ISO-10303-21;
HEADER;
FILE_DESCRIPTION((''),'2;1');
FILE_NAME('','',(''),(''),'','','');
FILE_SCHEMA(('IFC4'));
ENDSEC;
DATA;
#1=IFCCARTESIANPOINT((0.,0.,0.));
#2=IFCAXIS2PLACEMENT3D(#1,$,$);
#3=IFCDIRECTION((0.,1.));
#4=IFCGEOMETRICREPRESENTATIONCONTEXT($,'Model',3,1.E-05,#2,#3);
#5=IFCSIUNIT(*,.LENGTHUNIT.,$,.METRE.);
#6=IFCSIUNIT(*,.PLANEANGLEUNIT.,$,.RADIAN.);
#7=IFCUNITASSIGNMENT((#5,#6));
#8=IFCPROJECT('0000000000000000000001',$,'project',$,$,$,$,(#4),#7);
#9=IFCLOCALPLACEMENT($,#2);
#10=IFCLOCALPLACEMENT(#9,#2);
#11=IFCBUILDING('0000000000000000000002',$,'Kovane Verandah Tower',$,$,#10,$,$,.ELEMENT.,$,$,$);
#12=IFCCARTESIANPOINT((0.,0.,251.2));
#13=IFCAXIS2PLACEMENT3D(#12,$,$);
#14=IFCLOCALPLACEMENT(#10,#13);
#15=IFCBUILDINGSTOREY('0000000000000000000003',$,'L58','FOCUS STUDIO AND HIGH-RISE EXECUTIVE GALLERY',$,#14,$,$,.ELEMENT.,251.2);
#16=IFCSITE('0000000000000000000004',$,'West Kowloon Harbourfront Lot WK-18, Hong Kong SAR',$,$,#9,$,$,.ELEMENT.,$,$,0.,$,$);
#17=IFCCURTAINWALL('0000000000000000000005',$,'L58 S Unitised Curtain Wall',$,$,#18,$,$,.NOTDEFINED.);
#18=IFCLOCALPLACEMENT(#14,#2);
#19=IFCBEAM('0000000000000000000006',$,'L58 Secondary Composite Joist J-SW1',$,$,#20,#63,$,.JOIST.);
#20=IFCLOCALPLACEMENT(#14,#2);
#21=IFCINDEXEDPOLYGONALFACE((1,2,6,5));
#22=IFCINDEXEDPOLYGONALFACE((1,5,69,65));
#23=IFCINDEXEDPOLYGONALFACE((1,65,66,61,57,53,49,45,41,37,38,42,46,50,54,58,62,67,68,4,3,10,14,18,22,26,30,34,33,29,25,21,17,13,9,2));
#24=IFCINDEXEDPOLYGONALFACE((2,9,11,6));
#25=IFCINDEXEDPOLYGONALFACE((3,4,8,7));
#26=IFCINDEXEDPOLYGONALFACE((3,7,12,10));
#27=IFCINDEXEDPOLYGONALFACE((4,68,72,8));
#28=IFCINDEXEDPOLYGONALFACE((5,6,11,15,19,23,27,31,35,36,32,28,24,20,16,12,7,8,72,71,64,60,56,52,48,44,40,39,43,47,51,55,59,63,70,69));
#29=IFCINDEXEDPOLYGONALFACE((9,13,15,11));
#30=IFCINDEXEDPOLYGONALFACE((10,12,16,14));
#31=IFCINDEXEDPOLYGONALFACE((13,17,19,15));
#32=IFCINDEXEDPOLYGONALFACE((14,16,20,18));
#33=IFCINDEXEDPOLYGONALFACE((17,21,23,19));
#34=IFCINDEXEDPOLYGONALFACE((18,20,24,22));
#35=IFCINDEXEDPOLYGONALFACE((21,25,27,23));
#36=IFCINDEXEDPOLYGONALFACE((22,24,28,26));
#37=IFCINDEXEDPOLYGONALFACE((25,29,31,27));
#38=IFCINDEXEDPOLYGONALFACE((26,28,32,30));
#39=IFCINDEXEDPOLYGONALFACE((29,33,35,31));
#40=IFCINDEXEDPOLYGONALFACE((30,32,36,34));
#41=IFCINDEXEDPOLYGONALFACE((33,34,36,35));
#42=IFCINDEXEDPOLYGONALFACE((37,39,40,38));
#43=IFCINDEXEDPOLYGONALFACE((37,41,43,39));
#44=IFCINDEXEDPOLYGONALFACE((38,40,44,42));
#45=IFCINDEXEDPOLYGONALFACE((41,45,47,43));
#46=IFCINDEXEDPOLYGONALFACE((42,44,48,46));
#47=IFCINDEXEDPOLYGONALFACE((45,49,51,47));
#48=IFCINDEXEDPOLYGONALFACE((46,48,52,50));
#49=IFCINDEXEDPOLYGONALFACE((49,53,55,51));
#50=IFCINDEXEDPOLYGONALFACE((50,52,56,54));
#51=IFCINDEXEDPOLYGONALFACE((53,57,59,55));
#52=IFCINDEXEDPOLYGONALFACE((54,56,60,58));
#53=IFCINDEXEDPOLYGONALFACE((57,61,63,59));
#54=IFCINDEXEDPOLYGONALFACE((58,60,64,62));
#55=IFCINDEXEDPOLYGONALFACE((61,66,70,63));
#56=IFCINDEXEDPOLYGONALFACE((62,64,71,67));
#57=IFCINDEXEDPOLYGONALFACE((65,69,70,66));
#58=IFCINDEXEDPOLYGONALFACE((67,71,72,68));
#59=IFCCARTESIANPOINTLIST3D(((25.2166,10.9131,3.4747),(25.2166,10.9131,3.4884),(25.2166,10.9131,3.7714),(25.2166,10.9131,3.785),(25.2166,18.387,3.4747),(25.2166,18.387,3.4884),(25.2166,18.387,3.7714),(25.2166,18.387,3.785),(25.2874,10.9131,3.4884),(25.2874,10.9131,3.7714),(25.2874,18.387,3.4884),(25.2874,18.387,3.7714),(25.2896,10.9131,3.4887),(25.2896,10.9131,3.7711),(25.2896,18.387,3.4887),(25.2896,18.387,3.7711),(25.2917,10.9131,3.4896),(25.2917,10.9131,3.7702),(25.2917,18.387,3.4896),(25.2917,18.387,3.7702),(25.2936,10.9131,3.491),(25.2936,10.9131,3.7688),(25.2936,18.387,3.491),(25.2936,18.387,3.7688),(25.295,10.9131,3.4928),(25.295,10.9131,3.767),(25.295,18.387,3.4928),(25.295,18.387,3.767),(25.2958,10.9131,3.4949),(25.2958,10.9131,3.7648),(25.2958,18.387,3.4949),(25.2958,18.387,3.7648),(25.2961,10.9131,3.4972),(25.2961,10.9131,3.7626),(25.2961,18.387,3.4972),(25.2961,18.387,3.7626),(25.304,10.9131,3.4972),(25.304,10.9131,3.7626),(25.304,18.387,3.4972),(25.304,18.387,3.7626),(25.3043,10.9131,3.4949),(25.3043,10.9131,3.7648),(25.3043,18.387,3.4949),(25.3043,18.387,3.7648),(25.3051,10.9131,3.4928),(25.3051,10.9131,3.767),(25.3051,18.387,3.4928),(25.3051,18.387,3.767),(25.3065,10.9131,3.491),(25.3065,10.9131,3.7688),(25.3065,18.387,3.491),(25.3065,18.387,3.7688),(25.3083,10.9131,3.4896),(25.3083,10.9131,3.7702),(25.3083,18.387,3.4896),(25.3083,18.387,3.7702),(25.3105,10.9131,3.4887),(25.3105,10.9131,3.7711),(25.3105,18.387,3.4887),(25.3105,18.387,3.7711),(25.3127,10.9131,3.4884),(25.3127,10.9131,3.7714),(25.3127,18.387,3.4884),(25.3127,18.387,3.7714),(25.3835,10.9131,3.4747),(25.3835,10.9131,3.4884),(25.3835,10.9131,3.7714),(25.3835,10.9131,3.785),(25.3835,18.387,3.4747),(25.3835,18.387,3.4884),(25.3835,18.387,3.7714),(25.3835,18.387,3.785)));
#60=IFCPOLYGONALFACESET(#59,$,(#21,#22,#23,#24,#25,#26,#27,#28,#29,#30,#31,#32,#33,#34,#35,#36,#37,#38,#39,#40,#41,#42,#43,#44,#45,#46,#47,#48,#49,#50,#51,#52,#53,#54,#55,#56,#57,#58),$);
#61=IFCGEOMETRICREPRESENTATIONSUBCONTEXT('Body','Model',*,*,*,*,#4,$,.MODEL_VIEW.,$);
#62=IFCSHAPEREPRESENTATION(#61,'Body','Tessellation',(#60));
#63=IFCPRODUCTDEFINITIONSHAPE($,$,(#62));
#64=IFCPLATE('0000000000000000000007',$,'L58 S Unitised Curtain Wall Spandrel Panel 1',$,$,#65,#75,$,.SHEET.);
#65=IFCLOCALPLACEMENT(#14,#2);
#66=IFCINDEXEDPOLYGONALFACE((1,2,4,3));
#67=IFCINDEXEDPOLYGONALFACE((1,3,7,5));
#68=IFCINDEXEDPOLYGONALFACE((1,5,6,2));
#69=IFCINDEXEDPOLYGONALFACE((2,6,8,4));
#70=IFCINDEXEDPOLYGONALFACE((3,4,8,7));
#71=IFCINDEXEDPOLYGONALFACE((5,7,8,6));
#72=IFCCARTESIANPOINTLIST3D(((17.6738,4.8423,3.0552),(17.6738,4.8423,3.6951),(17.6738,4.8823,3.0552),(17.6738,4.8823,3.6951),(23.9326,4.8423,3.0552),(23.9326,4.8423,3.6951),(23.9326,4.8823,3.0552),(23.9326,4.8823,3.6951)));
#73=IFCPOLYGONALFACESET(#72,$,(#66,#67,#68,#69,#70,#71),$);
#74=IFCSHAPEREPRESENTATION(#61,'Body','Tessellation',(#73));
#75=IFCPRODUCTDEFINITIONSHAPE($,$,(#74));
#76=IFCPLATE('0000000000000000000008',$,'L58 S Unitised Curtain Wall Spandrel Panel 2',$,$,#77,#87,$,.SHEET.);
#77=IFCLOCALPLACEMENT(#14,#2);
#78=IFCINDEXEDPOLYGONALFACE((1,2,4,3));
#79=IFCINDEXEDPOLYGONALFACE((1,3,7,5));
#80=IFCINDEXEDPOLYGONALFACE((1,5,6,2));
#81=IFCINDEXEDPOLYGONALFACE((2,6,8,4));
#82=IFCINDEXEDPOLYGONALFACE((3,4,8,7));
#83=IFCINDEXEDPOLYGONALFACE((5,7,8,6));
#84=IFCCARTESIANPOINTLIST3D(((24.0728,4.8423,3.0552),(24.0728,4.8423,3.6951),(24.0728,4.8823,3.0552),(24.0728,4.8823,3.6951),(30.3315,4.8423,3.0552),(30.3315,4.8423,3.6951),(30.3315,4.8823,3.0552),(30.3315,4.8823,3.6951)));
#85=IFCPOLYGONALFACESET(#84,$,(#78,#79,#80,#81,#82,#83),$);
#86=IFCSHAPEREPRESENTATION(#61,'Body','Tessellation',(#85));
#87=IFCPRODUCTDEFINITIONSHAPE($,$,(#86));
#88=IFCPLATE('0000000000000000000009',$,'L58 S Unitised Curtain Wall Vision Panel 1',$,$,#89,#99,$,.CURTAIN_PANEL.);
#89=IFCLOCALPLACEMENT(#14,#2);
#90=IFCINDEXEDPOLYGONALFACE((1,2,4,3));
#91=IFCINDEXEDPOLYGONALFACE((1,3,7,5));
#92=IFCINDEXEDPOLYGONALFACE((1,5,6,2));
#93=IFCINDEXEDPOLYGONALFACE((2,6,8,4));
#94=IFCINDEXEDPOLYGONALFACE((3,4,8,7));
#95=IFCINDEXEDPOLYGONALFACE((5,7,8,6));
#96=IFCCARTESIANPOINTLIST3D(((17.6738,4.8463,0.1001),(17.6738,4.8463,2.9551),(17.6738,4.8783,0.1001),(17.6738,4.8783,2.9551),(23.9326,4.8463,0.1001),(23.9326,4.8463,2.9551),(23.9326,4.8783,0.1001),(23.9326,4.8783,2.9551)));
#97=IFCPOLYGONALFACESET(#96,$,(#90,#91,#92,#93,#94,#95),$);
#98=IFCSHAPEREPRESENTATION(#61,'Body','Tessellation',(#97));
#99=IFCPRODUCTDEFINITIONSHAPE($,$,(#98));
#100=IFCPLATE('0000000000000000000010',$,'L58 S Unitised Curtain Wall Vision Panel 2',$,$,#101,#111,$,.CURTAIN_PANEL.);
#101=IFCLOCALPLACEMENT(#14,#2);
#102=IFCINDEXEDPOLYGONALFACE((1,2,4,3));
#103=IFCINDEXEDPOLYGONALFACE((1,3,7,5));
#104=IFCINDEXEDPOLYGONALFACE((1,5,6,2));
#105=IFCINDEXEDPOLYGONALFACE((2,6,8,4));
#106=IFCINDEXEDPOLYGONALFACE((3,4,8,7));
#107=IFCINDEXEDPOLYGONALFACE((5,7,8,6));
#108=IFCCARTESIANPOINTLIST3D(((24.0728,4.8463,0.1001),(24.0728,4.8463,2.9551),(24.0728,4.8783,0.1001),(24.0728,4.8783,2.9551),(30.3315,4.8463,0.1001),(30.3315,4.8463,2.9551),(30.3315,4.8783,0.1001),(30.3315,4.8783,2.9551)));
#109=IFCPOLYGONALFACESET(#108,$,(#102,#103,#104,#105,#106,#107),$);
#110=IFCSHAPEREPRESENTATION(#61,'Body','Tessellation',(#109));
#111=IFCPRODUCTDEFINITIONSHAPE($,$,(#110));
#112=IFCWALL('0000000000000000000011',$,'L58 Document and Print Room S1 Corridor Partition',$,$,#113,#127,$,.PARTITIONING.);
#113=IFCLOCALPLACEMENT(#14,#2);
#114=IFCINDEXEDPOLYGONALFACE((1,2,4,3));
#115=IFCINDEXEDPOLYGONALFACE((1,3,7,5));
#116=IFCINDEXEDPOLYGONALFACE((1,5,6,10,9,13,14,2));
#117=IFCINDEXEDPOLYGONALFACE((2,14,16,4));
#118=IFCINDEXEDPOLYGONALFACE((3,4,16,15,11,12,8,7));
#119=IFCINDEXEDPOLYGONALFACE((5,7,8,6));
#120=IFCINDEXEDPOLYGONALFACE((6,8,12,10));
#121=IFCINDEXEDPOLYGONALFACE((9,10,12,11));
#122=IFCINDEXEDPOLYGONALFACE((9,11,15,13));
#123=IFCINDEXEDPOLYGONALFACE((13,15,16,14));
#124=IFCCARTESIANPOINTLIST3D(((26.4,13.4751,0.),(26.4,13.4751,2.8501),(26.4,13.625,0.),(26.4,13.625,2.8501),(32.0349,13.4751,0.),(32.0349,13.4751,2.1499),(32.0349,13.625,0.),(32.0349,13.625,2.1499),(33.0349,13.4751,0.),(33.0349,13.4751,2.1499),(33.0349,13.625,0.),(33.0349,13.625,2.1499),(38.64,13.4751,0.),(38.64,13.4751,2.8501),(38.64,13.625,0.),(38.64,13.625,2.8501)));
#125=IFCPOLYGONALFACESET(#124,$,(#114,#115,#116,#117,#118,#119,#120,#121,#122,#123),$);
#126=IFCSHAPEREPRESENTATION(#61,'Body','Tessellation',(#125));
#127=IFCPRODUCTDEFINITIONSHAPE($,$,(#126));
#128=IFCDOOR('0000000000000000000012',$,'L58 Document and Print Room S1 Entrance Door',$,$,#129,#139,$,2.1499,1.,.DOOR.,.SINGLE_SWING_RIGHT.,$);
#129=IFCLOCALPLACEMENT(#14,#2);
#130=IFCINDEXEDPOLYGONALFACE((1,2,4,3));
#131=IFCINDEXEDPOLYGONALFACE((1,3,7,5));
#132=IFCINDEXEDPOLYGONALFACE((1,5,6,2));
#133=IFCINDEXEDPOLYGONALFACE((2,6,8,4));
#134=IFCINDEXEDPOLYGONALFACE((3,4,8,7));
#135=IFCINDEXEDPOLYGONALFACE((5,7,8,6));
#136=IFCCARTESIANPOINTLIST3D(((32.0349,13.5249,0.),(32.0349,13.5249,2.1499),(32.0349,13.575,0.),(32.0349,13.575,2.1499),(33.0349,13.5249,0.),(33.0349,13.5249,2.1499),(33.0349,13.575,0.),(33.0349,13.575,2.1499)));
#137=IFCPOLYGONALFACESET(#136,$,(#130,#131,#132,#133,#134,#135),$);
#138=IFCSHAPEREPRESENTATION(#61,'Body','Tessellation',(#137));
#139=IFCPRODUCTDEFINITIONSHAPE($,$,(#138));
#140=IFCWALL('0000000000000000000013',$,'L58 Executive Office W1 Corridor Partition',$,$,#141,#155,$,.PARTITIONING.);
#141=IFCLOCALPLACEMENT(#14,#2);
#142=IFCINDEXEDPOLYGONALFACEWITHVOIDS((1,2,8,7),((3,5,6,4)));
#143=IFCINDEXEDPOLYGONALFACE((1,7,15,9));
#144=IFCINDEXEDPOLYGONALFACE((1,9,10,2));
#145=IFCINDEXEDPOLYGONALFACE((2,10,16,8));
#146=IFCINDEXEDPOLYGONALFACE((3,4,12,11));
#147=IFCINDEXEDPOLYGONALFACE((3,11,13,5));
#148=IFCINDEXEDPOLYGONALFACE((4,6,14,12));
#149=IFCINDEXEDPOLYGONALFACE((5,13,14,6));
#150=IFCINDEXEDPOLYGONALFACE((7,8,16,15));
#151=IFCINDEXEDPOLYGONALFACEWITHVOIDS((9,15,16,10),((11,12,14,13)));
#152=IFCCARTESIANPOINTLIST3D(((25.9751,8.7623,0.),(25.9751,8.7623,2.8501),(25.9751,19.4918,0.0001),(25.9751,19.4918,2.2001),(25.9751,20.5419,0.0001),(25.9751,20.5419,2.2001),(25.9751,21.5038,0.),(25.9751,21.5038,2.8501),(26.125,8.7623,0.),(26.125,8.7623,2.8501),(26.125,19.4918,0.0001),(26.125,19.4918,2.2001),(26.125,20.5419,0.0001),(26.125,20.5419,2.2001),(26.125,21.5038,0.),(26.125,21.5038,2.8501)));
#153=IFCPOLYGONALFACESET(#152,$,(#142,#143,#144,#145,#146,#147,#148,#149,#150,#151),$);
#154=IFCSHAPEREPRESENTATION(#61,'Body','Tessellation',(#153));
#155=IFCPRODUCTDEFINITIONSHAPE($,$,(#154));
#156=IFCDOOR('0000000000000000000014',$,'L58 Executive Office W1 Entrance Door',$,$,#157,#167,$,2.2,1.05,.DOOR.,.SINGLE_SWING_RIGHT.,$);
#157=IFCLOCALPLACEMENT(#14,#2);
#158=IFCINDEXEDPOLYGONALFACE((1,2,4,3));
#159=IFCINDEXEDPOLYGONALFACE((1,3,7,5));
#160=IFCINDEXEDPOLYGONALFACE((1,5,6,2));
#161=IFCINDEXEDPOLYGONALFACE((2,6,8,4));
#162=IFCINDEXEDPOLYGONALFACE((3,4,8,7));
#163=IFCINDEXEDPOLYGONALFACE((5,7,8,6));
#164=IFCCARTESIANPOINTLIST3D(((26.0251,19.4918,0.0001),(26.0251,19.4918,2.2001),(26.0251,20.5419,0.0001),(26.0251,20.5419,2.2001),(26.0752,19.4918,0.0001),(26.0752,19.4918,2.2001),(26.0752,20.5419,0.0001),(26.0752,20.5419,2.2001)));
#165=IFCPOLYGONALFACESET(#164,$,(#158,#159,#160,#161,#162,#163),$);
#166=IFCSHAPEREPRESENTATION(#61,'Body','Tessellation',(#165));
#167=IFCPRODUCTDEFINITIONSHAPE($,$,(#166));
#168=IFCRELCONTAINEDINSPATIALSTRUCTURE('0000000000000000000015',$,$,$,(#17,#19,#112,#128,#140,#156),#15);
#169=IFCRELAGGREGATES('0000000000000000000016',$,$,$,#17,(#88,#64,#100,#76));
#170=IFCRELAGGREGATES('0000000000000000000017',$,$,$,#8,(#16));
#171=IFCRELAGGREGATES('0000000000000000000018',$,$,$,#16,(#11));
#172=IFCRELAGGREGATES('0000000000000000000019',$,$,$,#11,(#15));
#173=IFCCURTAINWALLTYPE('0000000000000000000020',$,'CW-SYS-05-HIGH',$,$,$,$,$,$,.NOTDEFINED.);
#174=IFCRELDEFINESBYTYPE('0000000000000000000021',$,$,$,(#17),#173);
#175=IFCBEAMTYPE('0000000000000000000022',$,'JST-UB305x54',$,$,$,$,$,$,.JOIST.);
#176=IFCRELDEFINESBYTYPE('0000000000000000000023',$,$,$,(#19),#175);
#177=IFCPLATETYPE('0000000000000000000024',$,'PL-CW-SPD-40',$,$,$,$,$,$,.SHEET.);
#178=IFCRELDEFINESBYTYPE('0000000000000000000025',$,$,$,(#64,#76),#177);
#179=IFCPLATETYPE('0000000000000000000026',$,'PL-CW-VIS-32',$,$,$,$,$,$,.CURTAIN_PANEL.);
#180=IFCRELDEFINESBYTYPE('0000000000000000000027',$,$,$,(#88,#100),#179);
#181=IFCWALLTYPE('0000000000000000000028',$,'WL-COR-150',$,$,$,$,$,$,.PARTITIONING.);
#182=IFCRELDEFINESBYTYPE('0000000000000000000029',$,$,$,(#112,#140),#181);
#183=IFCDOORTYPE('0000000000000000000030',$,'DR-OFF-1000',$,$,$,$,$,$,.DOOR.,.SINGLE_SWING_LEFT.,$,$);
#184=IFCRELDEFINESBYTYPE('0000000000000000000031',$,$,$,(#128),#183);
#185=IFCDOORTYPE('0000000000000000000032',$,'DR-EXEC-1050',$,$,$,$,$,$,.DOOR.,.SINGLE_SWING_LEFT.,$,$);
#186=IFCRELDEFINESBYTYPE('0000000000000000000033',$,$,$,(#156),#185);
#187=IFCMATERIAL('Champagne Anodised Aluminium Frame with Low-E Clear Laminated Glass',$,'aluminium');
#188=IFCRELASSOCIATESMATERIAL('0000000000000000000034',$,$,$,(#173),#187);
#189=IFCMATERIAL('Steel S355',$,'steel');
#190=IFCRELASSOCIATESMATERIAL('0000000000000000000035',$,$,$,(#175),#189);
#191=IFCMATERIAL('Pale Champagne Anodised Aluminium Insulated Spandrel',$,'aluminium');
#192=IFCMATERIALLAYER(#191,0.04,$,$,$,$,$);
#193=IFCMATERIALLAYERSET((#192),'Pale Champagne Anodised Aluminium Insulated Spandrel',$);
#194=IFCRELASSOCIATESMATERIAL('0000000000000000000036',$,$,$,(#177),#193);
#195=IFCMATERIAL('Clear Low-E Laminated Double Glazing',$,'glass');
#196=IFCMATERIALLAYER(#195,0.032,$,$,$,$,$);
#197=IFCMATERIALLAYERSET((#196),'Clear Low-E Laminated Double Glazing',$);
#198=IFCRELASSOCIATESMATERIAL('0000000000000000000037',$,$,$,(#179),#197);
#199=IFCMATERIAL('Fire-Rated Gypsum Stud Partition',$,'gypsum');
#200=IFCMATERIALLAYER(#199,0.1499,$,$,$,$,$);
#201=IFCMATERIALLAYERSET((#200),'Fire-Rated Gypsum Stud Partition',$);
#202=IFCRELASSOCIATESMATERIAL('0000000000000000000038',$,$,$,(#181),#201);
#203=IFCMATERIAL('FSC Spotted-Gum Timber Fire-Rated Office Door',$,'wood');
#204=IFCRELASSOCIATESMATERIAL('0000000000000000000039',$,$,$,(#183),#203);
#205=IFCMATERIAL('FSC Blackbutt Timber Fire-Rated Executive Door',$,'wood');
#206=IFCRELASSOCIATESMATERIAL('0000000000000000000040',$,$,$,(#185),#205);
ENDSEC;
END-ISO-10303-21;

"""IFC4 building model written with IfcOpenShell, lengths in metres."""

from ifc_helpers import new_model, si_unit, direction, frame, frame_2d, origin, origin_2d, place, context, subcontext, project, spatial, rectangle, i_section, extrude, material, layer, layer_set, material_profile, profile_set, type_object, element, fill, aggregate, save


model = new_model("IFC4")

# Units and contexts
model_context = context("Model", 3, precision=1e-05, world=origin(), true_north=direction((0.0, 1.0)))
body_context = subcontext(model_context, "Body", "Model", "MODEL_VIEW")
ifc_project = project(units=[si_unit("LENGTHUNIT", "METRE"), si_unit("PLANEANGLEUNIT", "RADIAN")], contexts=[model_context])

# Site, building, storey
site_placement = place(None, origin())
site = spatial("IfcSite", under=ifc_project, at=site_placement, Name="West Kowloon Harbourfront Lot WK-18, Hong Kong SAR", CompositionType="ELEMENT", RefElevation=0.0)
building_placement = place(site_placement, origin())
building = spatial("IfcBuilding", under=site, at=building_placement, Name="Kovane Verandah Tower", CompositionType="ELEMENT")
storey_placement = place(building_placement, frame((0.0, 0.0, 251.2)))
storey = spatial("IfcBuildingStorey", under=building, at=storey_placement, Name="L58", Description="FOCUS STUDIO AND HIGH-RISE EXECUTIVE GALLERY", CompositionType="ELEMENT", Elevation=251.2)

# Shared definitions
ifc_material_1 = material(Name="Steel S355", Category="steel")

# Curtain wall
ifc_material_2 = material(Name="Champagne Anodised Aluminium Frame with Low-E Clear Laminated Glass", Category="aluminium")
curtain_wall_type = type_object("IfcCurtainWallType", Name="CW-SYS-05-HIGH", PredefinedType="NOTDEFINED", material=ifc_material_2)
curtain_wall_placement = place(storey_placement, origin())
curtain_wall = element("IfcCurtainWall", 1, at=curtain_wall_placement, inside=storey, type_object=curtain_wall_type, Name="L58 S Unitised Curtain Wall", PredefinedType="NOTDEFINED")

# Beam
ifc_material_profile_1 = material_profile(ifc_material_1, i_section(OverallWidth=0.167, OverallDepth=0.3103, WebThickness=0.0078, FlangeThickness=0.0137, FilletRadius=0.0088, at=origin_2d()), Name="UB305x165x54")
ifc_profile_set_1 = profile_set([ifc_material_profile_1], Name="Steel S355")
beam_type_1 = type_object("IfcBeamType", Name="JST-UB305x54", PredefinedType="JOIST", material=ifc_profile_set_1)
beam_1_placement = place(storey_placement, frame((25.3, 10.9131, 3.6299), z_axis=(0.0, 1.0, 0.0), x_axis=(-1.0, 0.0, 0.0)))
element("IfcBeam", 2, at=beam_1_placement, inside=storey, type_object=beam_type_1, Name="L58 Secondary Composite Joist J-SW1", PredefinedType="JOIST", context=body_context, shape_type="SweptSolid", body=[
    extrude(i_section(OverallWidth=0.167, OverallDepth=0.3103, WebThickness=0.0078, FlangeThickness=0.0137, FilletRadius=0.0088, at=origin_2d()), origin(), (0.0, 0.0, 1.0), 7.4739),
])

# Plates
ifc_material_3 = material(Name="Pale Champagne Anodised Aluminium Insulated Spandrel", Category="aluminium")
ifc_layer_1 = layer(ifc_material_3, 0.04)
ifc_layer_set_1 = layer_set([ifc_layer_1], Name="Pale Champagne Anodised Aluminium Insulated Spandrel")
plate_type_1 = type_object("IfcPlateType", Name="PL-CW-SPD-40", PredefinedType="SHEET", material=ifc_layer_set_1)
plate_1_placement = place(storey_placement, frame((20.8032, 4.8623, 3.0552), z_axis=(0.0, 0.0, 1.0), x_axis=(1.0, 0.0, 0.0)))
plate_1 = element("IfcPlate", 3, at=plate_1_placement, type_object=plate_type_1, Name="L58 S Unitised Curtain Wall Spandrel Panel 1", PredefinedType="SHEET", context=body_context, shape_type="SweptSolid", body=[
    extrude(rectangle(XDim=6.2588, YDim=0.04, at=origin_2d()), origin(), (0.0, 0.0, 1.0), 0.6399),
])
plate_2_placement = place(storey_placement, frame((27.2021, 4.8623, 3.0552), z_axis=(0.0, 0.0, 1.0), x_axis=(1.0, 0.0, 0.0)))
plate_2 = element("IfcPlate", 4, at=plate_2_placement, type_object=plate_type_1, Name="L58 S Unitised Curtain Wall Spandrel Panel 2", PredefinedType="SHEET", context=body_context, shape_type="SweptSolid", body=[
    extrude(rectangle(XDim=6.2588, YDim=0.04, at=origin_2d()), origin(), (0.0, 0.0, 1.0), 0.6399),
])
ifc_material_4 = material(Name="Clear Low-E Laminated Double Glazing", Category="glass")
ifc_layer_2 = layer(ifc_material_4, 0.032)
ifc_layer_set_2 = layer_set([ifc_layer_2], Name="Clear Low-E Laminated Double Glazing")
plate_type_2 = type_object("IfcPlateType", Name="PL-CW-VIS-32", PredefinedType="CURTAIN_PANEL", material=ifc_layer_set_2)
plate_3_placement = place(storey_placement, frame((20.8032, 4.8623, 0.1001), z_axis=(0.0, 0.0, 1.0), x_axis=(1.0, 0.0, 0.0)))
plate_3 = element("IfcPlate", 5, at=plate_3_placement, type_object=plate_type_2, Name="L58 S Unitised Curtain Wall Vision Panel 1", PredefinedType="CURTAIN_PANEL", context=body_context, shape_type="SweptSolid", body=[
    extrude(rectangle(XDim=6.2588, YDim=0.032, at=origin_2d()), origin(), (0.0, 0.0, 1.0), 2.855),
])
plate_4_placement = place(storey_placement, frame((27.2021, 4.8623, 0.1001), z_axis=(0.0, 0.0, 1.0), x_axis=(1.0, 0.0, 0.0)))
plate_4 = element("IfcPlate", 6, at=plate_4_placement, type_object=plate_type_2, Name="L58 S Unitised Curtain Wall Vision Panel 2", PredefinedType="CURTAIN_PANEL", context=body_context, shape_type="SweptSolid", body=[
    extrude(rectangle(XDim=6.2588, YDim=0.032, at=origin_2d()), origin(), (0.0, 0.0, 1.0), 2.855),
])
aggregate(curtain_wall, [plate_3, plate_1, plate_4, plate_2])

# Walls, openings, doors
ifc_material_5 = material(Name="Fire-Rated Gypsum Stud Partition", Category="gypsum")
ifc_layer_3 = layer(ifc_material_5, 0.1499)
ifc_layer_set_3 = layer_set([ifc_layer_3], Name="Fire-Rated Gypsum Stud Partition")
wall_type = type_object("IfcWallType", Name="WL-COR-150", PredefinedType="PARTITIONING", material=ifc_layer_set_3)
wall_1_placement = place(storey_placement, frame((26.3999, 13.55, 0.0), z_axis=(0.0, 0.0, 1.0), x_axis=(1.0, 0.0, 0.0)))
wall_1 = element("IfcWall", 7, at=wall_1_placement, inside=storey, type_object=wall_type, Name="L58 Document and Print Room S1 Corridor Partition", PredefinedType="PARTITIONING", context=body_context, shape_type="SweptSolid", body=[
    extrude(rectangle(XDim=12.24, YDim=0.1499, at=frame_2d((6.1201, 0.0))), origin(), (0.0, 0.0, 1.0), 2.8501),
])
opening_1_placement = place(wall_1_placement, frame((5.635, 0.0, 0.0)))
opening_1 = element("IfcOpeningElement", 8, at=opening_1_placement, cuts=wall_1, PredefinedType="OPENING", context=body_context, shape_type="SweptSolid", body=[
    extrude(rectangle(XDim=1.0, YDim=2.1499, at=frame_2d((0.5, 1.075))), frame((0.0, 0.075, 0.0), z_axis=(0.0, -1.0, 0.0), x_axis=(1.0, 0.0, 0.0)), (0.0, 0.0, 1.0), 0.1499),
])
ifc_material_6 = material(Name="FSC Spotted-Gum Timber Fire-Rated Office Door", Category="wood")
door_type_1 = type_object("IfcDoorType", Name="DR-OFF-1000", OperationType="SINGLE_SWING_LEFT", PredefinedType="DOOR", material=ifc_material_6)
door_1_placement = place(opening_1_placement, origin())
door_1 = element("IfcDoor", 9, at=door_1_placement, inside=storey, type_object=door_type_1, Name="L58 Document and Print Room S1 Entrance Door", OperationType="SINGLE_SWING_RIGHT", OverallHeight=2.1499, OverallWidth=1.0, PredefinedType="DOOR", context=body_context, shape_type="SweptSolid", body=[
    extrude(rectangle(XDim=1.0, YDim=2.1499, at=frame_2d((0.5, 1.075))), frame((0.0, 0.0249, 0.0), z_axis=(0.0, -1.0, 0.0), x_axis=(1.0, 0.0, 0.0)), (0.0, 0.0, 1.0), 0.05),
])
fill(opening_1, door_1)
wall_2_placement = place(storey_placement, frame((26.05, 8.7625, 0.0), z_axis=(0.0, 0.0, 1.0), x_axis=(0.0, 1.0, 0.0)))
wall_2 = element("IfcWall", 10, at=wall_2_placement, inside=storey, type_object=wall_type, Name="L58 Executive Office W1 Corridor Partition", PredefinedType="PARTITIONING", context=body_context, shape_type="SweptSolid", body=[
    extrude(rectangle(XDim=12.7415, YDim=0.1499, at=frame_2d((6.3706, 0.0))), origin(), (0.0, 0.0, 1.0), 2.8501),
])
opening_2_placement = place(wall_2_placement, frame((10.7295, 0.0, 0.0)))
opening_2 = element("IfcOpeningElement", 11, at=opening_2_placement, cuts=wall_2, PredefinedType="OPENING", context=body_context, shape_type="SweptSolid", body=[
    extrude(rectangle(XDim=1.05, YDim=2.2, at=frame_2d((0.5249, 1.1001))), frame((0.0, 0.075, 0.0), z_axis=(0.0, -1.0, 0.0), x_axis=(1.0, 0.0, 0.0)), (0.0, 0.0, 1.0), 0.1499),
])
ifc_material_7 = material(Name="FSC Blackbutt Timber Fire-Rated Executive Door", Category="wood")
door_type_2 = type_object("IfcDoorType", Name="DR-EXEC-1050", OperationType="SINGLE_SWING_LEFT", PredefinedType="DOOR", material=ifc_material_7)
door_2_placement = place(opening_2_placement, origin())
door_2 = element("IfcDoor", 12, at=door_2_placement, inside=storey, type_object=door_type_2, Name="L58 Executive Office W1 Entrance Door", OperationType="SINGLE_SWING_RIGHT", OverallHeight=2.2, OverallWidth=1.05, PredefinedType="DOOR", context=body_context, shape_type="SweptSolid", body=[
    extrude(rectangle(XDim=1.05, YDim=2.2, at=frame_2d((0.5249, 1.1001))), frame((0.0, 0.0249, 0.0), z_axis=(0.0, -1.0, 0.0), x_axis=(1.0, 0.0, 0.0)), (0.0, 0.0, 1.0), 0.05),
])
fill(opening_2, door_2)

save(model, "model.ifc")
